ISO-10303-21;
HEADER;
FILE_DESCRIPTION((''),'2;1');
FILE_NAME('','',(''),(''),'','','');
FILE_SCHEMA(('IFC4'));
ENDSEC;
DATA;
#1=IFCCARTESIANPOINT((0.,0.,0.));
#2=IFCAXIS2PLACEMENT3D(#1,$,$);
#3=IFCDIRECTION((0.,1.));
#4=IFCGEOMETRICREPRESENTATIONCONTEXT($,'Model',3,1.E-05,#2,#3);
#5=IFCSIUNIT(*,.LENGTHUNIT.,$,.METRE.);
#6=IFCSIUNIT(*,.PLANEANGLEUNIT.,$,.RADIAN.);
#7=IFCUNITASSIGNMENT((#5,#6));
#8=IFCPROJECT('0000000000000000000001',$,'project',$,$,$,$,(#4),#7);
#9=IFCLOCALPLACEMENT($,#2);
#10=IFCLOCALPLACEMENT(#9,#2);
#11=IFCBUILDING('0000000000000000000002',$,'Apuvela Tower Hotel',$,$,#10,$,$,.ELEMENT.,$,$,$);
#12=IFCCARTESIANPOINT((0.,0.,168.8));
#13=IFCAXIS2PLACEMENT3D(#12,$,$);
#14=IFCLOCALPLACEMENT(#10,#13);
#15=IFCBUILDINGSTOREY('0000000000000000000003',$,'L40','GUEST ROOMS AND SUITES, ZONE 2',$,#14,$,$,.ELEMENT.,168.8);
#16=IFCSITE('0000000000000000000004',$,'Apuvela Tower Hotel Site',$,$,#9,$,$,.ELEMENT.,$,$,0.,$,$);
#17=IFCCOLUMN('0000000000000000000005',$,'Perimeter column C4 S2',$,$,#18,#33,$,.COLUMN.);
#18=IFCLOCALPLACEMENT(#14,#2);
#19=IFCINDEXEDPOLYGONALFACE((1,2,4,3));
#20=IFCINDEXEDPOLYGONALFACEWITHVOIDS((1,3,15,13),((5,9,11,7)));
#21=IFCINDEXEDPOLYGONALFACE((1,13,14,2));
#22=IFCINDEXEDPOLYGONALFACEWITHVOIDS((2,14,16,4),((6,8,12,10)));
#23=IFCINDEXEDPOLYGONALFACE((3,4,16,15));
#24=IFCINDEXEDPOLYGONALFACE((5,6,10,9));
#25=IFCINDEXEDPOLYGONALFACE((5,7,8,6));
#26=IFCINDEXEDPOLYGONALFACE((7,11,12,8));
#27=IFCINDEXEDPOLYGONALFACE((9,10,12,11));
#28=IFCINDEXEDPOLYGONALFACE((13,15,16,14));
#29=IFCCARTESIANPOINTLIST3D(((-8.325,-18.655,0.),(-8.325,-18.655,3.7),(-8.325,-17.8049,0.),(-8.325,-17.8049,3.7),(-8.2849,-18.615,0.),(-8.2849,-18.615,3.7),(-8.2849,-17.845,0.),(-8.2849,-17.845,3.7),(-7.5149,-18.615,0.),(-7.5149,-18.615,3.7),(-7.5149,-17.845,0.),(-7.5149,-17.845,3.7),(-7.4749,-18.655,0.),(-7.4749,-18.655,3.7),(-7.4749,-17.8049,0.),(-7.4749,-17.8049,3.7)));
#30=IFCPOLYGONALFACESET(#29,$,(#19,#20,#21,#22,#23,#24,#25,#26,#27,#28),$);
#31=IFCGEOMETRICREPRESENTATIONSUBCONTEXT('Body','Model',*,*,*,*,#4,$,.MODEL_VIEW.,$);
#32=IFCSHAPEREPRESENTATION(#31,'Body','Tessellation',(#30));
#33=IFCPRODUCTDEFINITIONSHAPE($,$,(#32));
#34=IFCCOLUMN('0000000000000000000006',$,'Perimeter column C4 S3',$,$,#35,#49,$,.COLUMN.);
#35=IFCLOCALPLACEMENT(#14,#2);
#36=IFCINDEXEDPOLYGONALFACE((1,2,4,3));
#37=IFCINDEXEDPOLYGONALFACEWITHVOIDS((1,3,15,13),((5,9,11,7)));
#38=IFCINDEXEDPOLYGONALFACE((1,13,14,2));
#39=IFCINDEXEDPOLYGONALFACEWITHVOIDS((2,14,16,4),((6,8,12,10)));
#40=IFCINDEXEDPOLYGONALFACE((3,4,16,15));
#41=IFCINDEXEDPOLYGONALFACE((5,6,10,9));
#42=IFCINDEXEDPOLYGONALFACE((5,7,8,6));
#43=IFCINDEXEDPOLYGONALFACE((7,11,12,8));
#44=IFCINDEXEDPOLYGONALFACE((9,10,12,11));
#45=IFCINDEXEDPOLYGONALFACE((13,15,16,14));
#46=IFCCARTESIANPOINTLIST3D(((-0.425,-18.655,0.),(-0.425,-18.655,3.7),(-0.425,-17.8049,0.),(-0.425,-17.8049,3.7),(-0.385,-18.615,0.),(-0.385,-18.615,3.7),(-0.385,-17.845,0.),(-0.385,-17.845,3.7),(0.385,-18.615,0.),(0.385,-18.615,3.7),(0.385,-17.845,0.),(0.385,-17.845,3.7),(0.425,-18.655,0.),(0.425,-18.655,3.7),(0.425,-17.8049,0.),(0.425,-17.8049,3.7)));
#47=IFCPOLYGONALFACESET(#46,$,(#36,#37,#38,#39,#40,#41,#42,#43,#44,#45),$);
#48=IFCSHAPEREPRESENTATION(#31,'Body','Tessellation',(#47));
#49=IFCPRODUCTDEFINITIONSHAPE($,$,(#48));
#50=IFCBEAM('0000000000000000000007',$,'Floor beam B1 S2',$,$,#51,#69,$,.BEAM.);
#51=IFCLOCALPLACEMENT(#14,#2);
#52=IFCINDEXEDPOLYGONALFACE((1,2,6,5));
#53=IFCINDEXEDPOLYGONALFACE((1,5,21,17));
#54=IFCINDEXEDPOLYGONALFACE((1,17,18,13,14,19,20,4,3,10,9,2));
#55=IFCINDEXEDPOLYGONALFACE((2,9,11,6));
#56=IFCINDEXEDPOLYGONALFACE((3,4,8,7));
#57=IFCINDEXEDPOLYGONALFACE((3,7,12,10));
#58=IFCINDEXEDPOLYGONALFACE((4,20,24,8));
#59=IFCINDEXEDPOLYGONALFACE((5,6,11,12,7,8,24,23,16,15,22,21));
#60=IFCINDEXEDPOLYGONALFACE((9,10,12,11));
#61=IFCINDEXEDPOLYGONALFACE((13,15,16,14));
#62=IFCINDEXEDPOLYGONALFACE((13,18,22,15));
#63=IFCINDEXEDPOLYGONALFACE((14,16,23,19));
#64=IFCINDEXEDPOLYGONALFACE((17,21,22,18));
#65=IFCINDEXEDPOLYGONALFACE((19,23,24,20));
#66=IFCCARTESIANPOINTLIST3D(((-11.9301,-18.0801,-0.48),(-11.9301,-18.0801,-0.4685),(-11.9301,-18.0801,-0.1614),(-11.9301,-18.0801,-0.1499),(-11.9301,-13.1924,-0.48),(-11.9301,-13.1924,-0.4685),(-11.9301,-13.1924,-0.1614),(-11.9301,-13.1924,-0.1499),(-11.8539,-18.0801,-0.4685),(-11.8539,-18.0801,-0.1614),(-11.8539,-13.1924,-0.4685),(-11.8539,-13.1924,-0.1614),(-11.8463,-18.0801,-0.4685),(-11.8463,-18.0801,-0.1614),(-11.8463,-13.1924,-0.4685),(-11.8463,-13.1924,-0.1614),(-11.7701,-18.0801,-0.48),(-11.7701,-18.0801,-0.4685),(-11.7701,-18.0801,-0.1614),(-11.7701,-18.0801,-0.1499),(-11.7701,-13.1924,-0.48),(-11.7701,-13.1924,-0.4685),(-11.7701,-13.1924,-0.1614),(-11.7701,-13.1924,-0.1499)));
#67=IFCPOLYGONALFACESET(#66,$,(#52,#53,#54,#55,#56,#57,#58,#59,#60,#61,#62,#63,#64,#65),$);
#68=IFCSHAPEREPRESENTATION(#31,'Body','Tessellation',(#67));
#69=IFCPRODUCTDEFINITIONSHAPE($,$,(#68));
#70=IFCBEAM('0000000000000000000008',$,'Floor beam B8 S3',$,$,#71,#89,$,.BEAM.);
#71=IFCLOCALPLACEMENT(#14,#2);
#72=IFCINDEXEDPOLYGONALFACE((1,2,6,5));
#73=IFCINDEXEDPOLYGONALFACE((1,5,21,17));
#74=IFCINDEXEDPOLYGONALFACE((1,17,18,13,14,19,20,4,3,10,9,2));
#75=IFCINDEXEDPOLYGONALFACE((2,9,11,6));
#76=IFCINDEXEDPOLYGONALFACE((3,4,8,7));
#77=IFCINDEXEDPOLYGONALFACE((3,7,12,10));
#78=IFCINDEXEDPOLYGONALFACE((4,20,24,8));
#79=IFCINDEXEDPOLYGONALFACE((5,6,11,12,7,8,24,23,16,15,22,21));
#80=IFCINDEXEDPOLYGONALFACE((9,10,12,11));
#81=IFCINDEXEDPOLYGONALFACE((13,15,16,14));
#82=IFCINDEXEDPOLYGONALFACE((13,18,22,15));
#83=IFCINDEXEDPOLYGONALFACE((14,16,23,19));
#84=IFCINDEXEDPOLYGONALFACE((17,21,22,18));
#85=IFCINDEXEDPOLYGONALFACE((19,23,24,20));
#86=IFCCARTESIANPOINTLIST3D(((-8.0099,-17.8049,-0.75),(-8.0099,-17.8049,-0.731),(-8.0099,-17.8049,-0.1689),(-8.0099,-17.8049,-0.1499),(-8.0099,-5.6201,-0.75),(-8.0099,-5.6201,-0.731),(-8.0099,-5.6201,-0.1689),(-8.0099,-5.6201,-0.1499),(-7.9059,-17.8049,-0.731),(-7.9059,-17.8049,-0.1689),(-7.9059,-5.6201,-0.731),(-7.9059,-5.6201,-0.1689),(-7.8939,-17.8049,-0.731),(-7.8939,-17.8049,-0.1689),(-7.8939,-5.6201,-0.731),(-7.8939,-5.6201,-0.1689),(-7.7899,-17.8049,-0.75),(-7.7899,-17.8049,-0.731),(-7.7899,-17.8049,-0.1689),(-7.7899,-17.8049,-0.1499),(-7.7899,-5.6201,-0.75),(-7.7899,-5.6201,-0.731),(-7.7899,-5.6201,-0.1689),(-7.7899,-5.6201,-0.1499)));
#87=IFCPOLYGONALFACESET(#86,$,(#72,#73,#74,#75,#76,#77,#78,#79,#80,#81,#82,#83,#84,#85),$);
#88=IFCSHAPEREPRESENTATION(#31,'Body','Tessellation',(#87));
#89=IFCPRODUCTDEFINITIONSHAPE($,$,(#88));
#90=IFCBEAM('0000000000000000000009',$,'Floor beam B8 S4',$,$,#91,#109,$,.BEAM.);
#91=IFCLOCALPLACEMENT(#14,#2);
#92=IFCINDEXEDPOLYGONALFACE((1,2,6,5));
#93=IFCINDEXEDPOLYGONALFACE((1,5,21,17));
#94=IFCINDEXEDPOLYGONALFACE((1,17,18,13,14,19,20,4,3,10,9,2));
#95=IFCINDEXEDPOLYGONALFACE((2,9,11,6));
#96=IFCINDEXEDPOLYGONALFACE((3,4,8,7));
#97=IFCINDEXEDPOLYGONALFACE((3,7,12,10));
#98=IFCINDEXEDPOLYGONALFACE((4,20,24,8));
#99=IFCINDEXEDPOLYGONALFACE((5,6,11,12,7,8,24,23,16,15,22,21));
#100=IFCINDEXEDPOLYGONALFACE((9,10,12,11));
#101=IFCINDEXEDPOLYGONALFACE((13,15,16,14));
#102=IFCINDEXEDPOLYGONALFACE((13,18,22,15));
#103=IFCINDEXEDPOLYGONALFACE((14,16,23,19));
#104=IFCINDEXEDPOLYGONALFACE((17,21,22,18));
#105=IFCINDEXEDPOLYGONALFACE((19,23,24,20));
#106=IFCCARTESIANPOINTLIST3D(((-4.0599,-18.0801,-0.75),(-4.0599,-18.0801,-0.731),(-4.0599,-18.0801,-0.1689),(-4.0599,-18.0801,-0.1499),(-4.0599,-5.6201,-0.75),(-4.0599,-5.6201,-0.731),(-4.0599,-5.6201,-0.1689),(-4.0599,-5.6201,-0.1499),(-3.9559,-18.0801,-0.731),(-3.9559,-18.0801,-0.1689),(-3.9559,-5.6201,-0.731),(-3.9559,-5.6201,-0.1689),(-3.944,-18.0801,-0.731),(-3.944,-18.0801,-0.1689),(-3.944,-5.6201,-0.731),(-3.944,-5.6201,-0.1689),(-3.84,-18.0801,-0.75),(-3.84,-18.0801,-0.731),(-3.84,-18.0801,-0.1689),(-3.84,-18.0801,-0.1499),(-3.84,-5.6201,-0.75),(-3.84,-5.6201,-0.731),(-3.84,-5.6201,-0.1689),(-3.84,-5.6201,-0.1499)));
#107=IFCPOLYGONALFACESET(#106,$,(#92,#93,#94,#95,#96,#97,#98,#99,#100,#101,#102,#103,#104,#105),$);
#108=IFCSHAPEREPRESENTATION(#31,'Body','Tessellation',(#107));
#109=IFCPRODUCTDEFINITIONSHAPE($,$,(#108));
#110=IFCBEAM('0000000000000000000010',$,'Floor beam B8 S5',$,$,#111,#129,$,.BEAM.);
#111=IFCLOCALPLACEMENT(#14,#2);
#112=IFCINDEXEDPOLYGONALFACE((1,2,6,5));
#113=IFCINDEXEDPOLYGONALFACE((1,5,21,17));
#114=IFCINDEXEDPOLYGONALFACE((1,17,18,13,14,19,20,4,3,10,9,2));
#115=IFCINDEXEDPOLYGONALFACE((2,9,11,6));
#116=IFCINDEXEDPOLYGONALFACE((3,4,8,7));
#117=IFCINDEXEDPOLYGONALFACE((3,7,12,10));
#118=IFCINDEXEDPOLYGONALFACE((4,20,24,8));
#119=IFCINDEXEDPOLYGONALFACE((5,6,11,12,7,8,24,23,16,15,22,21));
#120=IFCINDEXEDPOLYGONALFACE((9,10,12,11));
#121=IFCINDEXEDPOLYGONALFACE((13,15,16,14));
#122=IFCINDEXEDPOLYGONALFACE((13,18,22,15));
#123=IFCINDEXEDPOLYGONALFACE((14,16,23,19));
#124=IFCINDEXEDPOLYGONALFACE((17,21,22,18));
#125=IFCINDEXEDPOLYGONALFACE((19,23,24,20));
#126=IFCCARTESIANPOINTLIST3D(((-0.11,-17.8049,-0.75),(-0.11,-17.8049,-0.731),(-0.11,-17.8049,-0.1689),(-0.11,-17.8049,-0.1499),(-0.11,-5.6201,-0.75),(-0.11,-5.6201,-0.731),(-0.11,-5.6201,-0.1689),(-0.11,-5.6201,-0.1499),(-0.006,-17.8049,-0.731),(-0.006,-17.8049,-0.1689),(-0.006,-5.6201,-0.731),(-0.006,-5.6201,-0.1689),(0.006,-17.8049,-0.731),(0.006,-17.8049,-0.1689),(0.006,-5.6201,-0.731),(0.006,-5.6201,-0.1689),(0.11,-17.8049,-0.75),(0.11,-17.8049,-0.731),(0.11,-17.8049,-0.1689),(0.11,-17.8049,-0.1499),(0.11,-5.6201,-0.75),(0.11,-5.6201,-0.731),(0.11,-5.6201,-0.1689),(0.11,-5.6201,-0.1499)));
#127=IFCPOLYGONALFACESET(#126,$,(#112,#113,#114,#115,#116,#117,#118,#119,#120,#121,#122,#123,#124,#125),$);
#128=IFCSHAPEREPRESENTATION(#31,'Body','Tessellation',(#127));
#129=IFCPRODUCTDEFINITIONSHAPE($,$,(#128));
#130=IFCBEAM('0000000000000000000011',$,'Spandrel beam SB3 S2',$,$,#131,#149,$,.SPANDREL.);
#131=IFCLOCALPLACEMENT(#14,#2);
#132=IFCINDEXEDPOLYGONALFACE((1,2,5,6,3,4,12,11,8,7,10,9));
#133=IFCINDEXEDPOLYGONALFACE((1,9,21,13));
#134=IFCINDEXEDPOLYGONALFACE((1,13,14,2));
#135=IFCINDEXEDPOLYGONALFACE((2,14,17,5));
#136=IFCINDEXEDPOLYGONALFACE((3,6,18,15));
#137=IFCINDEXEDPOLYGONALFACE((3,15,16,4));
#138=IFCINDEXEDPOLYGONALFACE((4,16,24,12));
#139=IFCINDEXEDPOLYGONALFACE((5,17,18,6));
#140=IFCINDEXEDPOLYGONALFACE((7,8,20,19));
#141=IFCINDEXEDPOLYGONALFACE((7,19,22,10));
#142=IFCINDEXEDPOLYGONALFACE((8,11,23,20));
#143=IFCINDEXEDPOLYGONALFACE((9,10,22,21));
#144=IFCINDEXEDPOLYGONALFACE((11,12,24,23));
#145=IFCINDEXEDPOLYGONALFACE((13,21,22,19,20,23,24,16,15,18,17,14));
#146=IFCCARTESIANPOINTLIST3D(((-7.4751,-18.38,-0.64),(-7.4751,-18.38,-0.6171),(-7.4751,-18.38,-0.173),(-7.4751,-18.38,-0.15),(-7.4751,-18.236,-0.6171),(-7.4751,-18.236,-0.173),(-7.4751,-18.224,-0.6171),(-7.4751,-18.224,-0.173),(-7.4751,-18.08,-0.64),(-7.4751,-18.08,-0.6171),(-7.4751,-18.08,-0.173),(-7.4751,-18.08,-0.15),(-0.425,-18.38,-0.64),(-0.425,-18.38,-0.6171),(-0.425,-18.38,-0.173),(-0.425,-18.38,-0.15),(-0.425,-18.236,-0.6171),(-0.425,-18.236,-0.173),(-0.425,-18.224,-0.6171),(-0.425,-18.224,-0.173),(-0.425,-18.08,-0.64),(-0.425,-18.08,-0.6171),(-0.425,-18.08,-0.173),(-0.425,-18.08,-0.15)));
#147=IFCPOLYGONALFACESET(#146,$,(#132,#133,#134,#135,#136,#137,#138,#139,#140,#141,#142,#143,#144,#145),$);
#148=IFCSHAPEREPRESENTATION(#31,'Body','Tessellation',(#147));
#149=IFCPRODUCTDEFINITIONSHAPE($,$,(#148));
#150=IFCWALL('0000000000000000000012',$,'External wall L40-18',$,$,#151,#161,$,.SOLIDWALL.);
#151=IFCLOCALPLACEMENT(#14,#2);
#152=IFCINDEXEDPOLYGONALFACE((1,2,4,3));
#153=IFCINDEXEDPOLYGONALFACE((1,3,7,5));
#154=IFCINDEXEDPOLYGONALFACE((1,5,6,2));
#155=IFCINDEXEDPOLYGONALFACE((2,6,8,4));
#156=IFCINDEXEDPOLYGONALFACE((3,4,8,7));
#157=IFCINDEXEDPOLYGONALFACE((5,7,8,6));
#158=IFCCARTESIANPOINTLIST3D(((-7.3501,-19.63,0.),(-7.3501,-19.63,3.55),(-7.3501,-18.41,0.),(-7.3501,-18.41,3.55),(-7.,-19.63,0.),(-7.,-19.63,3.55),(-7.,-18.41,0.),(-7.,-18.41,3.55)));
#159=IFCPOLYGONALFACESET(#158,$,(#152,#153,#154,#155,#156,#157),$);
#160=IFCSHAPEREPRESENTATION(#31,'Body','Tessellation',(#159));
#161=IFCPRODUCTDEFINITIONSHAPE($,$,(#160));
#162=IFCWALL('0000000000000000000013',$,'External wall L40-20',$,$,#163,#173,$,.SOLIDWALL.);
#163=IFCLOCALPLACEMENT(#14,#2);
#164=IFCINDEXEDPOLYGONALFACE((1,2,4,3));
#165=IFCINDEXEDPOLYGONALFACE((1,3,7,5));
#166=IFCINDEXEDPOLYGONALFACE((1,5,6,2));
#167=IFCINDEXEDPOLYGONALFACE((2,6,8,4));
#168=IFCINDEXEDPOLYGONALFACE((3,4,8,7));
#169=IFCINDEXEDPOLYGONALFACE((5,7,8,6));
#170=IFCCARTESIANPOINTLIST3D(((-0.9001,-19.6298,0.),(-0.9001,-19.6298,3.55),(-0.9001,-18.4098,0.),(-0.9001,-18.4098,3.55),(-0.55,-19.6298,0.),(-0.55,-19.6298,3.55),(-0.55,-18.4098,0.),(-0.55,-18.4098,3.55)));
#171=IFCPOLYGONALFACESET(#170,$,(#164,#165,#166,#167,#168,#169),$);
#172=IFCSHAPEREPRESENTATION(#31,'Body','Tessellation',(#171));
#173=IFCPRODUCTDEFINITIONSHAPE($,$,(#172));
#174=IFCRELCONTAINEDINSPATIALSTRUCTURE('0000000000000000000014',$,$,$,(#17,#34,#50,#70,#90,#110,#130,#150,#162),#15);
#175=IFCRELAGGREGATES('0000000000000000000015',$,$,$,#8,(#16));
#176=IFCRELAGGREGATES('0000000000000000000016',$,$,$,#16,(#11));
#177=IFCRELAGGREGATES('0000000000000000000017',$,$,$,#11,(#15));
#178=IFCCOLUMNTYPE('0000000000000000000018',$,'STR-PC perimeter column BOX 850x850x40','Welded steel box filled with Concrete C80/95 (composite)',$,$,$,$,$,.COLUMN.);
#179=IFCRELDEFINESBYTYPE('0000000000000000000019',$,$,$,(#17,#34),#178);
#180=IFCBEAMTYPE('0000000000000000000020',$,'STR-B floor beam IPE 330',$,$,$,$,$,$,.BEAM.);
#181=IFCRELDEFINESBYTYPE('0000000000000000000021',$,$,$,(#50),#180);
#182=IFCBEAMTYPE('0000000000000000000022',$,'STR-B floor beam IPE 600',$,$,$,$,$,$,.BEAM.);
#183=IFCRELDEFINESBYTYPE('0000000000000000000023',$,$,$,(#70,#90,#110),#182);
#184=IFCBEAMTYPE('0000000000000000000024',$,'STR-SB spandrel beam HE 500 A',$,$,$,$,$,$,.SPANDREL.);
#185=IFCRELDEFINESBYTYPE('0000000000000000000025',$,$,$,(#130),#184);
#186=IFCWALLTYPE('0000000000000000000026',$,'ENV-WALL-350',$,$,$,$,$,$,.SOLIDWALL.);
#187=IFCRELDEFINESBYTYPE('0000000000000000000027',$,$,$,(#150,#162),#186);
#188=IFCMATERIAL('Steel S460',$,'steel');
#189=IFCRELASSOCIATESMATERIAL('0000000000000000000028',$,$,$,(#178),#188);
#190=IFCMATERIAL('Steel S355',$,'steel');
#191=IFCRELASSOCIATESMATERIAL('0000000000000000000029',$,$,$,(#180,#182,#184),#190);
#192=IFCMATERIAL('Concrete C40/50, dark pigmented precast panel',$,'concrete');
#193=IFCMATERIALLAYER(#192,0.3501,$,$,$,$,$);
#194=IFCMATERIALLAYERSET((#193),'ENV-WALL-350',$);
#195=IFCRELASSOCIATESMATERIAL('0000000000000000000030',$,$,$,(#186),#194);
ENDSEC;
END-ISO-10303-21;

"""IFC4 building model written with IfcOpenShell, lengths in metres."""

from ifc_helpers import new_model, si_unit, direction, frame, frame_2d, origin, origin_2d, place, context, subcontext, project, spatial, rectangle, hollow_rectangle, i_section, extrude, material, layer, layer_set, material_profile, profile_set, type_object, element, save


model = new_model("IFC4")

# Units and contexts
model_context = context("Model", 3, precision=1e-05, world=origin(), true_north=direction((0.0, 1.0)))
body_context = subcontext(model_context, "Body", "Model", "MODEL_VIEW")
ifc_project = project(units=[si_unit("LENGTHUNIT", "METRE"), si_unit("PLANEANGLEUNIT", "RADIAN")], contexts=[model_context])

# Site, building, storey
site_placement = place(None, origin())
site = spatial("IfcSite", under=ifc_project, at=site_placement, Name="Apuvela Tower Hotel Site", CompositionType="ELEMENT", RefElevation=0.0)
building_placement = place(site_placement, origin())
building = spatial("IfcBuilding", under=site, at=building_placement, Name="Apuvela Tower Hotel", CompositionType="ELEMENT")
storey_placement = place(building_placement, frame((0.0, 0.0, 168.8)))
storey = spatial("IfcBuildingStorey", under=building, at=storey_placement, Name="L40", Description="GUEST ROOMS AND SUITES, ZONE 2", CompositionType="ELEMENT", Elevation=168.8)

# Columns
ifc_material_1 = material(Name="Steel S460", Category="steel")
ifc_material_profile_1 = material_profile(ifc_material_1, hollow_rectangle(XDim=0.8501, YDim=0.8501, WallThickness=0.04, at=origin_2d()), Name="BOX 850x850x40")
ifc_material_2 = material(Name="Concrete C80/95", Category="concrete")
ifc_material_profile_2 = material_profile(ifc_material_2, rectangle(XDim=0.77, YDim=0.77, at=origin_2d()), Name="Concrete C80/95 infill")
ifc_profile_set_1 = profile_set([ifc_material_profile_1, ifc_material_profile_2], Name="Steel S460")
column_type = type_object("IfcColumnType", Name="STR-PC perimeter column BOX 850x850x40", Description="Welded steel box filled with Concrete C80/95 (composite)", PredefinedType="COLUMN", material=ifc_profile_set_1)
for number, where, z_axis, x_axis, name in (
    (1, (-7.8999, -18.23, 0.0), (0.0, 0.0, 1.0), (-1.0, 0.0, 0.0), "Perimeter column C4 S2"),
    (2, (0.0, -18.23, 0.0), (0.0, 0.0, 1.0), (-1.0, 0.0, 0.0), "Perimeter column C4 S3"),
):
    element("IfcColumn", number, at=place(storey_placement, frame(where, z_axis=z_axis, x_axis=x_axis)), inside=storey, type_object=column_type, Name=name, PredefinedType="COLUMN", context=body_context, shape_type="SweptSolid", body=[
        extrude(hollow_rectangle(XDim=0.8501, YDim=0.8501, WallThickness=0.04, at=origin_2d()), origin(), (0.0, 0.0, 1.0), 3.7),
    ])

# Beams
ifc_material_3 = material(Name="Steel S355", Category="steel")
ifc_material_profile_3 = material_profile(ifc_material_3, i_section(OverallWidth=0.1599, OverallDepth=0.3301, WebThickness=0.0076, FlangeThickness=0.0115, at=origin_2d()), Name="IPE 330")
ifc_profile_set_2 = profile_set([ifc_material_profile_3], Name="Steel S355")
beam_type_1 = type_object("IfcBeamType", Name="STR-B floor beam IPE 330", PredefinedType="BEAM", material=ifc_profile_set_2)
beam_1_placement = place(storey_placement, frame((-11.8501, -18.0801, -0.3149), z_axis=(0.0, 1.0, 0.0), x_axis=(-1.0, 0.0, 0.0)))
element("IfcBeam", 3, at=beam_1_placement, inside=storey, type_object=beam_type_1, Name="Floor beam B1 S2", PredefinedType="BEAM", context=body_context, shape_type="SweptSolid", body=[
    extrude(i_section(OverallWidth=0.1599, OverallDepth=0.3301, WebThickness=0.0076, FlangeThickness=0.0115, at=origin_2d()), origin(), (0.0, 0.0, 1.0), 4.8877),
])
ifc_material_profile_4 = material_profile(ifc_material_3, i_section(OverallWidth=0.22, OverallDepth=0.6001, WebThickness=0.012, FlangeThickness=0.019, at=origin_2d()), Name="IPE 600")
ifc_profile_set_3 = profile_set([ifc_material_profile_4], Name="Steel S355")
beam_type_2 = type_object("IfcBeamType", Name="STR-B floor beam IPE 600", PredefinedType="BEAM", material=ifc_profile_set_3)
beam_2_placement = place(storey_placement, frame((-7.8999, -17.8049, -0.45), z_axis=(0.0, 1.0, 0.0), x_axis=(-1.0, 0.0, 0.0)))
element("IfcBeam", 4, at=beam_2_placement, inside=storey, type_object=beam_type_2, Name="Floor beam B8 S3", PredefinedType="BEAM", context=body_context, shape_type="SweptSolid", body=[
    extrude(i_section(OverallWidth=0.22, OverallDepth=0.6001, WebThickness=0.012, FlangeThickness=0.019, at=origin_2d()), origin(), (0.0, 0.0, 1.0), 12.1848),
])
beam_3_placement = place(storey_placement, frame((-3.95, -18.0801, -0.45), z_axis=(0.0, 1.0, 0.0), x_axis=(-1.0, 0.0, 0.0)))
element("IfcBeam", 5, at=beam_3_placement, inside=storey, type_object=beam_type_2, Name="Floor beam B8 S4", PredefinedType="BEAM", context=body_context, shape_type="SweptSolid", body=[
    extrude(i_section(OverallWidth=0.22, OverallDepth=0.6001, WebThickness=0.012, FlangeThickness=0.019, at=origin_2d()), origin(), (0.0, 0.0, 1.0), 12.46),
])
beam_4_placement = place(storey_placement, frame((0.0, -17.8049, -0.45), z_axis=(0.0, 1.0, 0.0), x_axis=(-1.0, 0.0, 0.0)))
element("IfcBeam", 6, at=beam_4_placement, inside=storey, type_object=beam_type_2, Name="Floor beam B8 S5", PredefinedType="BEAM", context=body_context, shape_type="SweptSolid", body=[
    extrude(i_section(OverallWidth=0.22, OverallDepth=0.6001, WebThickness=0.012, FlangeThickness=0.019, at=origin_2d()), origin(), (0.0, 0.0, 1.0), 12.1848),
])
ifc_material_profile_5 = material_profile(ifc_material_3, i_section(OverallWidth=0.3, OverallDepth=0.49, WebThickness=0.012, FlangeThickness=0.0229, at=origin_2d()), Name="HE 500 A")
ifc_profile_set_4 = profile_set([ifc_material_profile_5], Name="Steel S355")
beam_type_3 = type_object("IfcBeamType", Name="STR-SB spandrel beam HE 500 A", PredefinedType="SPANDREL", material=ifc_profile_set_4)
beam_5_placement = place(storey_placement, frame((-7.4751, -18.23, -0.395), z_axis=(1.0, 0.0, 0.0), x_axis=(0.0, 1.0, 0.0)))
element("IfcBeam", 7, at=beam_5_placement, inside=storey, type_object=beam_type_3, Name="Spandrel beam SB3 S2", PredefinedType="SPANDREL", context=body_context, shape_type="SweptSolid", body=[
    extrude(i_section(OverallWidth=0.3, OverallDepth=0.49, WebThickness=0.012, FlangeThickness=0.0229, at=origin_2d()), origin(), (0.0, 0.0, 1.0), 7.05),
])

# Wall
ifc_material_4 = material(Name="Concrete C40/50, dark pigmented precast panel", Category="concrete")
ifc_layer_1 = layer(ifc_material_4, 0.3501)
ifc_layer_set_1 = layer_set([ifc_layer_1], Name="ENV-WALL-350")
wall_type_1 = type_object("IfcWallType", Name="ENV-WALL-350", PredefinedType="SOLIDWALL", material=ifc_layer_set_1)
wall_1_placement = place(storey_placement, frame((-7.175, -19.6299, 0.0), z_axis=(0.0, 0.0, 1.0), x_axis=(0.0, 1.0, 0.0)))
element("IfcWall", 8, at=wall_1_placement, inside=storey, type_object=wall_type_1, Name="External wall L40-18", PredefinedType="SOLIDWALL", context=body_context, shape_type="SweptSolid", body=[
    extrude(rectangle(XDim=1.22, YDim=0.3501, at=frame_2d((0.6099, 0.0))), origin(), (0.0, 0.0, 1.0), 3.55),
])

# Wall
wall_2_placement = place(storey_placement, frame((-0.7251, -18.4099, 0.0), z_axis=(0.0, 0.0, 1.0), x_axis=(0.0, -1.0, 0.0)))
element("IfcWall", 9, at=wall_2_placement, inside=storey, type_object=wall_type_1, Name="External wall L40-20", PredefinedType="SOLIDWALL", context=body_context, shape_type="SweptSolid", body=[
    extrude(rectangle(XDim=1.22, YDim=0.3501, at=frame_2d((0.6099, 0.0))), origin(), (0.0, 0.0, 1.0), 3.55),
])

save(model, "model.ifc")
